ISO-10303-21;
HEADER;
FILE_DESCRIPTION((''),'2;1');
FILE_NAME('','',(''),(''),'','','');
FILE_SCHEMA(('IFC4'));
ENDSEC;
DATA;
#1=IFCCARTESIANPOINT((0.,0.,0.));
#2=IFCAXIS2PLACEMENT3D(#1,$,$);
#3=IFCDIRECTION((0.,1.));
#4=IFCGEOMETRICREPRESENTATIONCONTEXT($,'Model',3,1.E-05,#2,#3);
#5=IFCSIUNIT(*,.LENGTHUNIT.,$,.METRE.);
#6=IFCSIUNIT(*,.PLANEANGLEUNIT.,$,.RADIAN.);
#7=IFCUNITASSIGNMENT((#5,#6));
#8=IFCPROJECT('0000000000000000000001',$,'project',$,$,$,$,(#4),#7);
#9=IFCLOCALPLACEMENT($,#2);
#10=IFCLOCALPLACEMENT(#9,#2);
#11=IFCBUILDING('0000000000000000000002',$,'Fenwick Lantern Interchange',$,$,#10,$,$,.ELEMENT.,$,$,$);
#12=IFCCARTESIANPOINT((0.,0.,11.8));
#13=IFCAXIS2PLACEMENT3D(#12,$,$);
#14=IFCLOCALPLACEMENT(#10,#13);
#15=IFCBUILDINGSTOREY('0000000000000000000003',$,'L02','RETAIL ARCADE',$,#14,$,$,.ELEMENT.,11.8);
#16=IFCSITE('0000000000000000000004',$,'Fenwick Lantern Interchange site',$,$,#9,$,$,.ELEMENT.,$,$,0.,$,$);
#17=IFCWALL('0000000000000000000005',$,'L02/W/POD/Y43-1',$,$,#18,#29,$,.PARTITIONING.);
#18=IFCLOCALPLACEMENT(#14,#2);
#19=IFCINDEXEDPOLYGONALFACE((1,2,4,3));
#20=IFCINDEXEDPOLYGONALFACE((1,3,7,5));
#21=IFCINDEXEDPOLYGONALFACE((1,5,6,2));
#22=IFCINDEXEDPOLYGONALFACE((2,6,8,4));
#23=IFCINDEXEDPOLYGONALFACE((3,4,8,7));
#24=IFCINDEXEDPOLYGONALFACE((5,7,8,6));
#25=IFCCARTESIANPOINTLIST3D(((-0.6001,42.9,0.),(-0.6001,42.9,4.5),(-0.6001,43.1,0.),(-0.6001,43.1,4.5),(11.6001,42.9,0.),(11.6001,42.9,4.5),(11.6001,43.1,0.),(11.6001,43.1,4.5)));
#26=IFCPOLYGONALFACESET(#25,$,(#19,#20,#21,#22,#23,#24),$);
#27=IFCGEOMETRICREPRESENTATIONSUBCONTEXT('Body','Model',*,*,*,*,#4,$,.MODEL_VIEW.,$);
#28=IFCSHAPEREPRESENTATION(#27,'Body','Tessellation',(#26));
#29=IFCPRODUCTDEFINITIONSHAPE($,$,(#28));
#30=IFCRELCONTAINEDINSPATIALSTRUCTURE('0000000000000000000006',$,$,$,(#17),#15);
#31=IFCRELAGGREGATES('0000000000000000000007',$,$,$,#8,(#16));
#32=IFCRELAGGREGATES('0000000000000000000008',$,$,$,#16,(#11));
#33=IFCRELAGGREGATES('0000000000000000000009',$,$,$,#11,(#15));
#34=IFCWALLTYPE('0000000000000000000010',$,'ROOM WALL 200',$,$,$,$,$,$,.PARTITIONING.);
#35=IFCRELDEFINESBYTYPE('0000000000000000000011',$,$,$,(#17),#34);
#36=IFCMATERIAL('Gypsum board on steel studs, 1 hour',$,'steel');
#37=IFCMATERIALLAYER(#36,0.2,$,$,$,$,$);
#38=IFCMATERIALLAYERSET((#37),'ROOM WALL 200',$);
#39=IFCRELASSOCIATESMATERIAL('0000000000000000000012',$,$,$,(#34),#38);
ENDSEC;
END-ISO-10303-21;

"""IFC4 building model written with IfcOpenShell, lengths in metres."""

from ifc_helpers import new_model, si_unit, direction, frame, frame_2d, origin, place, context, subcontext, project, spatial, rectangle, extrude, material, layer, layer_set, type_object, element, save


model = new_model("IFC4")

# Units and contexts
model_context = context("Model", 3, precision=1e-05, world=origin(), true_north=direction((0.0, 1.0)))
body_context = subcontext(model_context, "Body", "Model", "MODEL_VIEW")
ifc_project = project(units=[si_unit("LENGTHUNIT", "METRE"), si_unit("PLANEANGLEUNIT", "RADIAN")], contexts=[model_context])

# Site, building, storey
site_placement = place(None, origin())
site = spatial("IfcSite", under=ifc_project, at=site_placement, Name="Fenwick Lantern Interchange site", CompositionType="ELEMENT", RefElevation=0.0)
building_placement = place(site_placement, origin())
building = spatial("IfcBuilding", under=site, at=building_placement, Name="Fenwick Lantern Interchange", CompositionType="ELEMENT")
storey_placement = place(building_placement, frame((0.0, 0.0, 11.8)))
storey = spatial("IfcBuildingStorey", under=building, at=storey_placement, Name="L02", Description="RETAIL ARCADE", CompositionType="ELEMENT", Elevation=11.8)

# Wall
ifc_material_1 = material(Name="Gypsum board on steel studs, 1 hour", Category="steel")
ifc_layer = layer(ifc_material_1, 0.2)
ifc_layer_set = layer_set([ifc_layer], Name="ROOM WALL 200")
wall_type = type_object("IfcWallType", Name="ROOM WALL 200", PredefinedType="PARTITIONING", material=ifc_layer_set)
wall_placement = place(storey_placement, frame((-0.6001, 43.0, 0.0), z_axis=(0.0, 0.0, 1.0), x_axis=(1.0, 0.0, 0.0)))
element("IfcWall", 1, at=wall_placement, inside=storey, type_object=wall_type, Name="L02/W/POD/Y43-1", PredefinedType="PARTITIONING", context=body_context, shape_type="SweptSolid", body=[
    extrude(rectangle(XDim=12.2002, YDim=0.2, at=frame_2d((6.1001, 0.0))), origin(), (0.0, 0.0, 1.0), 4.5),
])

save(model, "model.ifc")
